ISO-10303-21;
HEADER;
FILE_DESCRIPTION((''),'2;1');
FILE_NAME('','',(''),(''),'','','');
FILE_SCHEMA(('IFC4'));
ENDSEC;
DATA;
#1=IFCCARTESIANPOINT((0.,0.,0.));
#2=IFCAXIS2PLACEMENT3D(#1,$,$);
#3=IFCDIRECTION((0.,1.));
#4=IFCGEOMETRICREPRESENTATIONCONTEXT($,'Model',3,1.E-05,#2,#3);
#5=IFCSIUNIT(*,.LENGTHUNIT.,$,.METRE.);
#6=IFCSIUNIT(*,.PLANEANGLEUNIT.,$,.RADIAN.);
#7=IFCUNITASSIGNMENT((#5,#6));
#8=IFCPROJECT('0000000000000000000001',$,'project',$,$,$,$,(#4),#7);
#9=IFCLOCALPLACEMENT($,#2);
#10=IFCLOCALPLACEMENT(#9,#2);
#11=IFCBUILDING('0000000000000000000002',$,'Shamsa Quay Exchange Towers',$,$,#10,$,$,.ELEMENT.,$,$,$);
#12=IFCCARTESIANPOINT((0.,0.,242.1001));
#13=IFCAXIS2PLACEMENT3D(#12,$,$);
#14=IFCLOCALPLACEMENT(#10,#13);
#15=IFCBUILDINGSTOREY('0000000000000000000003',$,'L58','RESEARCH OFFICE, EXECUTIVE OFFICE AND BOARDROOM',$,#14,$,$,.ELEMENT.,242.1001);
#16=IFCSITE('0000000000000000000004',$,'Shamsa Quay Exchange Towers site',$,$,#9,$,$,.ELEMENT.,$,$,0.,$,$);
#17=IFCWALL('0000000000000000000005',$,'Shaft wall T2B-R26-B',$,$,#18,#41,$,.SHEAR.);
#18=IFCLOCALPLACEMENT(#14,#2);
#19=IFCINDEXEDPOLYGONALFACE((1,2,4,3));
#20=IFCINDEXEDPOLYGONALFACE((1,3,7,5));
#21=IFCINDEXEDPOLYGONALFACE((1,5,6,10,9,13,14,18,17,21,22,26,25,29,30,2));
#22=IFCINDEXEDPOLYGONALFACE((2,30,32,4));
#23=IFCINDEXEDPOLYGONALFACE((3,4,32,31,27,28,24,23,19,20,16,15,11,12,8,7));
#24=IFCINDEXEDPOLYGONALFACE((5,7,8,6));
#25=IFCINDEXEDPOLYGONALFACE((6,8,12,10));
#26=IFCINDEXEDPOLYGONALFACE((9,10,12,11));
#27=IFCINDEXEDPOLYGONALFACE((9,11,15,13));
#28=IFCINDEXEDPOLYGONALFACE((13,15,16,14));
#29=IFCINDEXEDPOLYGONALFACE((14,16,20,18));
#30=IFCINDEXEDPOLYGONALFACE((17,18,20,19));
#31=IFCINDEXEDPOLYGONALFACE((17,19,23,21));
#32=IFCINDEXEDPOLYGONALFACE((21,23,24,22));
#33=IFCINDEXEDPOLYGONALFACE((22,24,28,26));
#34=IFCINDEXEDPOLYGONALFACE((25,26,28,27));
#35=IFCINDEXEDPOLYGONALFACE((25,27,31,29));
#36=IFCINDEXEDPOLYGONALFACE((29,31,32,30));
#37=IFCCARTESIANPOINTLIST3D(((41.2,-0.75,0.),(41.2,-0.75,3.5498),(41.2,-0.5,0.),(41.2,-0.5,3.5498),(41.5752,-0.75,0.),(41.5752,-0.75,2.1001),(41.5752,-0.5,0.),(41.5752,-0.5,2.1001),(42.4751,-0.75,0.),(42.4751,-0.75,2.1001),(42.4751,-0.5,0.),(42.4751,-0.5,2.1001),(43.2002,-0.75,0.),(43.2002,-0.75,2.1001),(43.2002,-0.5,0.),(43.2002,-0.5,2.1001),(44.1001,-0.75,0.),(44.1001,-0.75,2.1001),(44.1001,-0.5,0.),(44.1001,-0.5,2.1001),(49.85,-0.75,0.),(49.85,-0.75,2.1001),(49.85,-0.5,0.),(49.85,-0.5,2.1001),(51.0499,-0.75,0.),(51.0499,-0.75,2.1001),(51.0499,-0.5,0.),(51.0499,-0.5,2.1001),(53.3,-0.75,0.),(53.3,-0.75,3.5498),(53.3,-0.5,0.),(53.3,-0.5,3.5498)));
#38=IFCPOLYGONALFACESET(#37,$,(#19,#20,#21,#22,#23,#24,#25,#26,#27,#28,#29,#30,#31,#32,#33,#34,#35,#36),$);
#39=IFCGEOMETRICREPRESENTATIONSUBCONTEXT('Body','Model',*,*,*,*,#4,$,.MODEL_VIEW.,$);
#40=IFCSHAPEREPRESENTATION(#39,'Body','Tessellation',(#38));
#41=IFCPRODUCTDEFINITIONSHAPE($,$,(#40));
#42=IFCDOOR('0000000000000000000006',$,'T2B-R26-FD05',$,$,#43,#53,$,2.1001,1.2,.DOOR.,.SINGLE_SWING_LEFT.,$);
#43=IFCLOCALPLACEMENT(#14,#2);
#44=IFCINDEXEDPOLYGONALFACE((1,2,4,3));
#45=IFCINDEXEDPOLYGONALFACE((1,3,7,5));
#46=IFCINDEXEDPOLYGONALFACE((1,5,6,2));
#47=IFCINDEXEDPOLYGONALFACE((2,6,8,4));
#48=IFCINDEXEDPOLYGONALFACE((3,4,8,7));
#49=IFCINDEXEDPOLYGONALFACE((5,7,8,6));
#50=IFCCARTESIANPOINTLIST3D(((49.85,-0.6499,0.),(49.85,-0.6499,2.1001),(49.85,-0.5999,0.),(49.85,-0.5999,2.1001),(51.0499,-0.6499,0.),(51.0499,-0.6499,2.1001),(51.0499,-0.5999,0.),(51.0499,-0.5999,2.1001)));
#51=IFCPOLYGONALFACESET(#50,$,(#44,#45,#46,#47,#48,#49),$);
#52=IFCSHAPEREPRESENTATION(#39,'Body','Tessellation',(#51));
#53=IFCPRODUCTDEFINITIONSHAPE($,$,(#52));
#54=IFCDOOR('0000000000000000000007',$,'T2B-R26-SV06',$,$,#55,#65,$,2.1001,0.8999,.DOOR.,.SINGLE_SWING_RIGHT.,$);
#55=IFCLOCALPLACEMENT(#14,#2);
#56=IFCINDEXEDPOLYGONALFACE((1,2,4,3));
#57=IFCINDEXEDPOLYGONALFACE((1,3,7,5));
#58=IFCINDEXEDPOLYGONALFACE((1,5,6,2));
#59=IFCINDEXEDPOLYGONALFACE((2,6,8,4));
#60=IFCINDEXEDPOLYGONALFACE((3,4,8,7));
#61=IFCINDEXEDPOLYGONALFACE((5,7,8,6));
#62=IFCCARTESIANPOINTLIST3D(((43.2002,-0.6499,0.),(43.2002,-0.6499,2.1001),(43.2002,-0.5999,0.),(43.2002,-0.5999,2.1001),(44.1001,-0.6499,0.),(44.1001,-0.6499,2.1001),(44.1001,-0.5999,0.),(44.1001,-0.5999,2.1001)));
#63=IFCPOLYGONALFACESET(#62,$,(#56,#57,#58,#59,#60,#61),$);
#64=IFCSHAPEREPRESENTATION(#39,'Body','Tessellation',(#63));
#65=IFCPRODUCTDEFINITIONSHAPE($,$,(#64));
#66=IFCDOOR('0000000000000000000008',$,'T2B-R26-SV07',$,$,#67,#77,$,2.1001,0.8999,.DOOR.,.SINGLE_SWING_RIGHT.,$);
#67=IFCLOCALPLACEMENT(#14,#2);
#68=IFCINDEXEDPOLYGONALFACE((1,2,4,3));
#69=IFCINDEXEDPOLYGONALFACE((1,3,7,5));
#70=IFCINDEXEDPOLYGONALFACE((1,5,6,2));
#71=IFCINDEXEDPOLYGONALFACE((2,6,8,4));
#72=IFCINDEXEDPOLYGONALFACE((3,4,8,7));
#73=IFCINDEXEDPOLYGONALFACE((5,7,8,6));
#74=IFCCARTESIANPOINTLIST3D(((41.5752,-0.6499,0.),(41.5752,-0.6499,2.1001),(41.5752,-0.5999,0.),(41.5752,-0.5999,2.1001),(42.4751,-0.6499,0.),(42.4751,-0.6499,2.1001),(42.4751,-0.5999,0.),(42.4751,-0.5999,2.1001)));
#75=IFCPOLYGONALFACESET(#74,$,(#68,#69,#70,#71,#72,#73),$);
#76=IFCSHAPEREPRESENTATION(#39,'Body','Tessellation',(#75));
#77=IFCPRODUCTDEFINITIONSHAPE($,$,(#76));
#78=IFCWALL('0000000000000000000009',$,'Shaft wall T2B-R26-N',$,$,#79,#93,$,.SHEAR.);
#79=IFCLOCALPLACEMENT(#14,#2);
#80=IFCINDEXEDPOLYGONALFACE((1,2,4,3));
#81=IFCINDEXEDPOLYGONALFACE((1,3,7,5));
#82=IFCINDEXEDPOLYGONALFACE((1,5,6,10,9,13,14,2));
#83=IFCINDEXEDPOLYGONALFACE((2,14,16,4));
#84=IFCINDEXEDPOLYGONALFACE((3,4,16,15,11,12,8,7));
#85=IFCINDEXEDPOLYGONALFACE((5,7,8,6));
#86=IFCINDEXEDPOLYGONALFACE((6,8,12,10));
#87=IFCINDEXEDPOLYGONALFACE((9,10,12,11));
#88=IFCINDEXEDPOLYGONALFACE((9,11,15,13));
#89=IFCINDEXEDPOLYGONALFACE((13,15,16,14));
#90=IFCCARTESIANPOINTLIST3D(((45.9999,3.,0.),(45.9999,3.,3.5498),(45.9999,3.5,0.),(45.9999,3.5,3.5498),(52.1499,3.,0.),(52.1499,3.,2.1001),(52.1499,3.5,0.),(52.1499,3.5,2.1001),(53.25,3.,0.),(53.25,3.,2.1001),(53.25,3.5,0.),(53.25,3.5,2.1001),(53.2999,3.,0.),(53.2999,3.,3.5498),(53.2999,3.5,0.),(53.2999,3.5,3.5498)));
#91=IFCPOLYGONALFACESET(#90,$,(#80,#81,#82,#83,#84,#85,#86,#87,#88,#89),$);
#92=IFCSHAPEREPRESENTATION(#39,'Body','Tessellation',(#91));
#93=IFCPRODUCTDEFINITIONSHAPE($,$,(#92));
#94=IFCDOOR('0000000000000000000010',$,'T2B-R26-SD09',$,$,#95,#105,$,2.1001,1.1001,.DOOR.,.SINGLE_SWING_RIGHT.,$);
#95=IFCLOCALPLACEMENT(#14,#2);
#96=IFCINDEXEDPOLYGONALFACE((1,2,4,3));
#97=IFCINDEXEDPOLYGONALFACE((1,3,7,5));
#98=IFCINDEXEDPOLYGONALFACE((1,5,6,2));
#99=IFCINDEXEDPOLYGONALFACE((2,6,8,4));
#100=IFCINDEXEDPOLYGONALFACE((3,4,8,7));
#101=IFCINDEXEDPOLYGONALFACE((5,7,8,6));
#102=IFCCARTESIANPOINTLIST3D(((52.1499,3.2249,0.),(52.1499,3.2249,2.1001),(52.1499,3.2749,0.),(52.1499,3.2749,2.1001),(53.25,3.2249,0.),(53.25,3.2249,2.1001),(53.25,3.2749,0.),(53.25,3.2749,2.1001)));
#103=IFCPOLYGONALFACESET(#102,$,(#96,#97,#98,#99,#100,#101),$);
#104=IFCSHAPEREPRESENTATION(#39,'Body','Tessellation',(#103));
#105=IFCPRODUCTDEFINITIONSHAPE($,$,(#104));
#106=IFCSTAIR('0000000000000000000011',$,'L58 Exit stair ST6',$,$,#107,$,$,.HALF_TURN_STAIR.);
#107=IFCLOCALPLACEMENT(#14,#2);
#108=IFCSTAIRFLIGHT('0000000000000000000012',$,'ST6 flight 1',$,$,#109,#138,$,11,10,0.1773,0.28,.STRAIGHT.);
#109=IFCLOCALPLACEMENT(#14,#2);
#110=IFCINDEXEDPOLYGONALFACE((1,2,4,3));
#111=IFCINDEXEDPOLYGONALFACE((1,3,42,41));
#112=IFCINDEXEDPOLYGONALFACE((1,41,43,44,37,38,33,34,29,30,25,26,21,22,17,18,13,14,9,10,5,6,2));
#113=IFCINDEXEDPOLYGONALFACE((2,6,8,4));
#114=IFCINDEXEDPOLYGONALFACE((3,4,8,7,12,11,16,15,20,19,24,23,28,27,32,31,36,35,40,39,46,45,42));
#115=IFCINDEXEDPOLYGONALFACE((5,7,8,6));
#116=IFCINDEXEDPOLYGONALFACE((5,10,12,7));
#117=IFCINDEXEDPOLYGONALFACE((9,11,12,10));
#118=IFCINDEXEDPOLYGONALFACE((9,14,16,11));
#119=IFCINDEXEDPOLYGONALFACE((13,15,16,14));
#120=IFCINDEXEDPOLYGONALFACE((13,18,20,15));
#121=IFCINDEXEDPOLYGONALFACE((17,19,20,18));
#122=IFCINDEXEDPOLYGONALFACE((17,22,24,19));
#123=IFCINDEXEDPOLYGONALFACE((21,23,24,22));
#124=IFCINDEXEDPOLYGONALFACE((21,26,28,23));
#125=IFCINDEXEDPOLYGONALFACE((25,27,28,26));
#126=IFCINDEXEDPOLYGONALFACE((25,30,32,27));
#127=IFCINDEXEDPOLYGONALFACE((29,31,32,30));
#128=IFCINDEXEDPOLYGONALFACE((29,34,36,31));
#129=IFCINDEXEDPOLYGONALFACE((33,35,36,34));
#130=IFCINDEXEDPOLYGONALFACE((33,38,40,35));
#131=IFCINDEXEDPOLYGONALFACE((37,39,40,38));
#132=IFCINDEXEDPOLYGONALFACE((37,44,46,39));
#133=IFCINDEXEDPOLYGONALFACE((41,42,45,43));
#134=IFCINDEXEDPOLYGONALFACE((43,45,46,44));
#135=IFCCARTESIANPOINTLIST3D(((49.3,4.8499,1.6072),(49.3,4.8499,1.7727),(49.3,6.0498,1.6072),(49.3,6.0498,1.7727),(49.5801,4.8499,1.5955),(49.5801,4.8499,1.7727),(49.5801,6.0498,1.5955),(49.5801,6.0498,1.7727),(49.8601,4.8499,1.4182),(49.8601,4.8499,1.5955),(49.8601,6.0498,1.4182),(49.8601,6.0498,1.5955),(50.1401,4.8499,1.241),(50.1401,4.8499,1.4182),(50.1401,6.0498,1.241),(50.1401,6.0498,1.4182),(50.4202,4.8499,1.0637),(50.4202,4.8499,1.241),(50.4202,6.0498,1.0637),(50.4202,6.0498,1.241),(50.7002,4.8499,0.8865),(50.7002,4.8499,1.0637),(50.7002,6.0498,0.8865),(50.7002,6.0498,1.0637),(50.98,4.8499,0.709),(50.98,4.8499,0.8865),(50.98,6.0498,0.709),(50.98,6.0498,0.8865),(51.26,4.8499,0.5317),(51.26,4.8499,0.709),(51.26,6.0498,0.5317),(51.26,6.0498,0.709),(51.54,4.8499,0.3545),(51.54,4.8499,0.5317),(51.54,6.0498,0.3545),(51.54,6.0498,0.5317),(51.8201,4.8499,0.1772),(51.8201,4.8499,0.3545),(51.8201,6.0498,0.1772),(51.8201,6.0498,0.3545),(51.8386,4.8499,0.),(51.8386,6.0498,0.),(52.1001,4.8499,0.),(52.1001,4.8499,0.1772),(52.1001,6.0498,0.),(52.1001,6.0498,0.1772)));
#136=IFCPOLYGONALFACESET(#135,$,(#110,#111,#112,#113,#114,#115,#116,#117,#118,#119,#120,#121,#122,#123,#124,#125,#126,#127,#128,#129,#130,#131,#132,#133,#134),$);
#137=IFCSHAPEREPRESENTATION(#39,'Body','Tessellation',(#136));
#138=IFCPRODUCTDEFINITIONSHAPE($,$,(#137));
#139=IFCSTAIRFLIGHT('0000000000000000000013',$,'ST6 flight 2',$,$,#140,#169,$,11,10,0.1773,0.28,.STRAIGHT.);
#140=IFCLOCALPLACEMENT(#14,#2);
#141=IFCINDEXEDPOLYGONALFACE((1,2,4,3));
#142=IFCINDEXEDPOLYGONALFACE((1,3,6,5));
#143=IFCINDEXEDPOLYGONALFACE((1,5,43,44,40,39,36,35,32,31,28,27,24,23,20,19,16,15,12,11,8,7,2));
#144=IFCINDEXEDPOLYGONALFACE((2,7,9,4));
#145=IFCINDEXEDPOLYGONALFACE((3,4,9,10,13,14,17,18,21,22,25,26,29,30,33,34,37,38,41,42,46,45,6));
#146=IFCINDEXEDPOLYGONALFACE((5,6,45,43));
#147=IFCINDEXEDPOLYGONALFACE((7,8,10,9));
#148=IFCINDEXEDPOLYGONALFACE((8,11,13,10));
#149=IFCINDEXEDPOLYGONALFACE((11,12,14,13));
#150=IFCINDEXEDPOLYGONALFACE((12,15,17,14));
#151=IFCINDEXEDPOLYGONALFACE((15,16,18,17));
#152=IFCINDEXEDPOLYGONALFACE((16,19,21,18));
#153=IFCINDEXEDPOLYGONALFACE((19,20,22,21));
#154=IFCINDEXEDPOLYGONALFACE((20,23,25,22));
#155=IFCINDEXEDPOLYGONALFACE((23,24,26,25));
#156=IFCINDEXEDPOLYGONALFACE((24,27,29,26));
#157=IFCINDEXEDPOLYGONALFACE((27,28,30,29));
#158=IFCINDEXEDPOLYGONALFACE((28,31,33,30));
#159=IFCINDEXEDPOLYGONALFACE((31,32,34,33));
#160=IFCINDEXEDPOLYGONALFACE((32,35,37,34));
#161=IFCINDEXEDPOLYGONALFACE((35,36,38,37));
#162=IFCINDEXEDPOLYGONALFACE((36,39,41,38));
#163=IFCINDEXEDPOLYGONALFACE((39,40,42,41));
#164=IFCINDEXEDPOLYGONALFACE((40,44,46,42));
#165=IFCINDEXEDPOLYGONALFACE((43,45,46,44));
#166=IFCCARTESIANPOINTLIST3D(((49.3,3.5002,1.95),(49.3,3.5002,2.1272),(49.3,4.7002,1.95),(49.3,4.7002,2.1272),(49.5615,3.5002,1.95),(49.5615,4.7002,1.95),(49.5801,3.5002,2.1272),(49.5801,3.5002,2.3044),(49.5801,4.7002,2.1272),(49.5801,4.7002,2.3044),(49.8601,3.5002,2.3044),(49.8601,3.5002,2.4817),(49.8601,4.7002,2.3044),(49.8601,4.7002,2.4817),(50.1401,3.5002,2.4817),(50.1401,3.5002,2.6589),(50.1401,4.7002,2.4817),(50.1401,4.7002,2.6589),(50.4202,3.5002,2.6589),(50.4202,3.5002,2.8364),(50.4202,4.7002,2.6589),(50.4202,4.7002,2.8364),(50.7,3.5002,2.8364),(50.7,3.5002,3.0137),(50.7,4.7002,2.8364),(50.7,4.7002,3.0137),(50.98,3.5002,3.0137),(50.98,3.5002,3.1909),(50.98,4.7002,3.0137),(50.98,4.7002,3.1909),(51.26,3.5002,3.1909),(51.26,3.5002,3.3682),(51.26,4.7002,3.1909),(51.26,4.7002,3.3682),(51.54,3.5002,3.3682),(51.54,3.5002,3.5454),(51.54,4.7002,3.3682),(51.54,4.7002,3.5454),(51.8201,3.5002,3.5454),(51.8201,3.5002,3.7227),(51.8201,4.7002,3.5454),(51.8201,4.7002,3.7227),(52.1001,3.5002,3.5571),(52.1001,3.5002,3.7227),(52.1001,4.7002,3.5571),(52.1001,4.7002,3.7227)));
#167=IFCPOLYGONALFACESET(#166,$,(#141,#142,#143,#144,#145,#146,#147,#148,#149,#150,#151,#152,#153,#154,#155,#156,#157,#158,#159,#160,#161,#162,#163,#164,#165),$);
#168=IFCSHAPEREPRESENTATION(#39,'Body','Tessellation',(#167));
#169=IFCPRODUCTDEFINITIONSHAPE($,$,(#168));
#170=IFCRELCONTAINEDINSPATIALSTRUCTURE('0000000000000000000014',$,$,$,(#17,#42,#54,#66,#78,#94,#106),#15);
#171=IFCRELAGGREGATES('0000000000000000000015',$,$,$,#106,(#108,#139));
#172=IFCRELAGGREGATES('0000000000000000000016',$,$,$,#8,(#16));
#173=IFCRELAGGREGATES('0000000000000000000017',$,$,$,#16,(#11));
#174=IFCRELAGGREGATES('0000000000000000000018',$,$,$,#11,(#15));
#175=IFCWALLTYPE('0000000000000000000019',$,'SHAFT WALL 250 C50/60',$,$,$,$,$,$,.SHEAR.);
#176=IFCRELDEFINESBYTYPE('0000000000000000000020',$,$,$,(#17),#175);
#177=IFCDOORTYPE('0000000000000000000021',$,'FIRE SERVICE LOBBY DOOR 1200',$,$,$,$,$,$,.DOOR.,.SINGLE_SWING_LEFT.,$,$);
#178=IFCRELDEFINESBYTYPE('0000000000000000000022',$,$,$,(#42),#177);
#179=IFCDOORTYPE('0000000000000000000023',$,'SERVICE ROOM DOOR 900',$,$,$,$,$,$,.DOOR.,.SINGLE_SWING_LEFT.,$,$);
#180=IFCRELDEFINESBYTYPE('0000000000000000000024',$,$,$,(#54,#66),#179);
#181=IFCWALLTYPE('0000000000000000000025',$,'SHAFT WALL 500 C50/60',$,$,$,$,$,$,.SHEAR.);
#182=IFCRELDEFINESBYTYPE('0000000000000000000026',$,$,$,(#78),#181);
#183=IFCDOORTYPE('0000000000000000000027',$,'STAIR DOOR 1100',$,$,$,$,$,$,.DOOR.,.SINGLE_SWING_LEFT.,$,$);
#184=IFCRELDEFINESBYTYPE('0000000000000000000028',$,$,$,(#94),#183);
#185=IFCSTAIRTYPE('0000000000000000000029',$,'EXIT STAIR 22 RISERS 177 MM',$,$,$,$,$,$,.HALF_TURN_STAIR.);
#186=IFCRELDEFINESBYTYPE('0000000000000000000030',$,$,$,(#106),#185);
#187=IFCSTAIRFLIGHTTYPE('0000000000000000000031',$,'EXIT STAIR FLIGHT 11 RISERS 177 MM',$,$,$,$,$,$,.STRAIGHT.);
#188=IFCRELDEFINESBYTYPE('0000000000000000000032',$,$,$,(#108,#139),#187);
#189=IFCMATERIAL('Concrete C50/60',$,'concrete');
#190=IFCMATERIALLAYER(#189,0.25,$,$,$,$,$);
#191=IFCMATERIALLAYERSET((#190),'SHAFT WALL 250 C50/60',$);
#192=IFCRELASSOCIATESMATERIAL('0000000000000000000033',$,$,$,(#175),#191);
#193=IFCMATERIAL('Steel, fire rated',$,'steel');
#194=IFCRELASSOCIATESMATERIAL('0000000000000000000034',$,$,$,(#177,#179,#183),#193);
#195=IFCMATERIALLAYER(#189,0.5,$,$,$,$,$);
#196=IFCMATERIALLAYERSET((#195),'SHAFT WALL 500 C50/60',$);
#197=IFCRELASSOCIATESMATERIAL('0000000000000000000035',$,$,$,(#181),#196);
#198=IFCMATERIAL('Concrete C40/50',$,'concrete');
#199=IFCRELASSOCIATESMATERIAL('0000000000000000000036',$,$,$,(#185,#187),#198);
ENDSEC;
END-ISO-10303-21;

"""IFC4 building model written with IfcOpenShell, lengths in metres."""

from ifc_helpers import new_model, si_unit, direction, frame, frame_2d, origin, place, context, subcontext, project, spatial, polyline, rectangle, outline, extrude, material, layer, layer_set, type_object, element, fill, aggregate, save


model = new_model("IFC4")

# Units and contexts
model_context = context("Model", 3, precision=1e-05, world=origin(), true_north=direction((0.0, 1.0)))
body_context = subcontext(model_context, "Body", "Model", "MODEL_VIEW")
ifc_project = project(units=[si_unit("LENGTHUNIT", "METRE"), si_unit("PLANEANGLEUNIT", "RADIAN")], contexts=[model_context])

# Site, building, storey
site_placement = place(None, origin())
site = spatial("IfcSite", under=ifc_project, at=site_placement, Name="Shamsa Quay Exchange Towers site", CompositionType="ELEMENT", RefElevation=0.0)
building_placement = place(site_placement, origin())
building = spatial("IfcBuilding", under=site, at=building_placement, Name="Shamsa Quay Exchange Towers", CompositionType="ELEMENT")
storey_placement = place(building_placement, frame((0.0, 0.0, 242.1001)))
storey = spatial("IfcBuildingStorey", under=building, at=storey_placement, Name="L58", Description="RESEARCH OFFICE, EXECUTIVE OFFICE AND BOARDROOM", CompositionType="ELEMENT", Elevation=242.1001)

# Wall, openings, doors
ifc_material_1 = material(Name="Concrete C50/60", Category="concrete")
ifc_layer_1 = layer(ifc_material_1, 0.25)
ifc_layer_set_1 = layer_set([ifc_layer_1], Name="SHAFT WALL 250 C50/60")
wall_type_1 = type_object("IfcWallType", Name="SHAFT WALL 250 C50/60", PredefinedType="SHEAR", material=ifc_layer_set_1)
wall_1_placement = place(storey_placement, frame((53.3, -0.625, 0.0), z_axis=(0.0, 0.0, 1.0), x_axis=(-1.0, 0.0, 0.0)))
wall_1 = element("IfcWall", 1, at=wall_1_placement, inside=storey, type_object=wall_type_1, Name="Shaft wall T2B-R26-B", PredefinedType="SHEAR", context=body_context, shape_type="SweptSolid", body=[
    extrude(rectangle(XDim=12.1001, YDim=0.25, at=frame_2d((6.05, 0.0))), origin(), (0.0, 0.0, 1.0), 3.5498),
])
opening_1_placement = place(wall_1_placement, frame((2.25, 0.0, 0.0)))
opening_1 = element("IfcOpeningElement", 2, at=opening_1_placement, cuts=wall_1, PredefinedType="OPENING", context=body_context, shape_type="SweptSolid", body=[
    extrude(rectangle(XDim=1.2, YDim=2.1001, at=frame_2d((0.6001, 1.05))), frame((0.0, 0.135, 0.0), z_axis=(0.0, -1.0, 0.0), x_axis=(1.0, 0.0, 0.0)), (0.0, 0.0, 1.0), 0.27),
])
opening_2_placement = place(wall_1_placement, frame((9.2, 0.0, 0.0)))
opening_2 = element("IfcOpeningElement", 3, at=opening_2_placement, cuts=wall_1, PredefinedType="OPENING", context=body_context, shape_type="SweptSolid", body=[
    extrude(rectangle(XDim=0.8999, YDim=2.1001, at=frame_2d((0.45, 1.05))), frame((0.0, 0.135, 0.0), z_axis=(0.0, -1.0, 0.0), x_axis=(1.0, 0.0, 0.0)), (0.0, 0.0, 1.0), 0.27),
])
opening_3_placement = place(wall_1_placement, frame((10.825, 0.0, 0.0)))
opening_3 = element("IfcOpeningElement", 4, at=opening_3_placement, cuts=wall_1, PredefinedType="OPENING", context=body_context, shape_type="SweptSolid", body=[
    extrude(rectangle(XDim=0.8999, YDim=2.1001, at=frame_2d((0.45, 1.05))), frame((0.0, 0.135, 0.0), z_axis=(0.0, -1.0, 0.0), x_axis=(1.0, 0.0, 0.0)), (0.0, 0.0, 1.0), 0.27),
])
ifc_material_2 = material(Name="Steel, fire rated", Category="steel")
door_type_1 = type_object("IfcDoorType", Name="FIRE SERVICE LOBBY DOOR 1200", OperationType="SINGLE_SWING_LEFT", PredefinedType="DOOR", material=ifc_material_2)
door_1_placement = place(opening_1_placement, origin())
door_1 = element("IfcDoor", 5, at=door_1_placement, inside=storey, type_object=door_type_1, Name="T2B-R26-FD05", OperationType="SINGLE_SWING_LEFT", OverallHeight=2.1001, OverallWidth=1.2, PredefinedType="DOOR", context=body_context, shape_type="SweptSolid", body=[
    extrude(rectangle(XDim=1.2, YDim=2.1001, at=frame_2d((0.6001, 1.05))), frame((0.0, 0.0249, 0.0), z_axis=(0.0, -1.0, 0.0), x_axis=(1.0, 0.0, 0.0)), (0.0, 0.0, 1.0), 0.05),
])
fill(opening_1, door_1)
door_type_2 = type_object("IfcDoorType", Name="SERVICE ROOM DOOR 900", OperationType="SINGLE_SWING_LEFT", PredefinedType="DOOR", material=ifc_material_2)
door_2_placement = place(opening_2_placement, origin())
door_2 = element("IfcDoor", 6, at=door_2_placement, inside=storey, type_object=door_type_2, Name="T2B-R26-SV06", OperationType="SINGLE_SWING_RIGHT", OverallHeight=2.1001, OverallWidth=0.8999, PredefinedType="DOOR", context=body_context, shape_type="SweptSolid", body=[
    extrude(rectangle(XDim=0.8999, YDim=2.1001, at=frame_2d((0.45, 1.05))), frame((0.0, 0.0249, 0.0), z_axis=(0.0, -1.0, 0.0), x_axis=(1.0, 0.0, 0.0)), (0.0, 0.0, 1.0), 0.05),
])
fill(opening_2, door_2)
door_3_placement = place(opening_3_placement, origin())
door_3 = element("IfcDoor", 7, at=door_3_placement, inside=storey, type_object=door_type_2, Name="T2B-R26-SV07", OperationType="SINGLE_SWING_RIGHT", OverallHeight=2.1001, OverallWidth=0.8999, PredefinedType="DOOR", context=body_context, shape_type="SweptSolid", body=[
    extrude(rectangle(XDim=0.8999, YDim=2.1001, at=frame_2d((0.45, 1.05))), frame((0.0, 0.0249, 0.0), z_axis=(0.0, -1.0, 0.0), x_axis=(1.0, 0.0, 0.0)), (0.0, 0.0, 1.0), 0.05),
])
fill(opening_3, door_3)

# Wall, opening, door
ifc_layer_2 = layer(ifc_material_1, 0.5)
ifc_layer_set_2 = layer_set([ifc_layer_2], Name="SHAFT WALL 500 C50/60")
wall_type_2 = type_object("IfcWallType", Name="SHAFT WALL 500 C50/60", PredefinedType="SHEAR", material=ifc_layer_set_2)
wall_2_placement = place(storey_placement, frame((46.0, 3.25, 0.0)))
wall_2 = element("IfcWall", 8, at=wall_2_placement, inside=storey, type_object=wall_type_2, Name="Shaft wall T2B-R26-N", PredefinedType="SHEAR", context=body_context, shape_type="SweptSolid", body=[
    extrude(rectangle(XDim=7.3, YDim=0.5, at=frame_2d((3.6499, 0.0))), origin(), (0.0, 0.0, 1.0), 3.5498),
])
opening_4_placement = place(wall_2_placement, frame((6.1499, 0.0, 0.0)))
opening_4 = element("IfcOpeningElement", 9, at=opening_4_placement, cuts=wall_2, PredefinedType="OPENING", context=body_context, shape_type="SweptSolid", body=[
    extrude(rectangle(XDim=1.1001, YDim=2.1001, at=frame_2d((0.55, 1.05))), frame((0.0, 0.26, 0.0), z_axis=(0.0, -1.0, 0.0), x_axis=(1.0, 0.0, 0.0)), (0.0, 0.0, 1.0), 0.52),
])
door_type_3 = type_object("IfcDoorType", Name="STAIR DOOR 1100", OperationType="SINGLE_SWING_LEFT", PredefinedType="DOOR", material=ifc_material_2)
door_4_placement = place(opening_4_placement, origin())
door_4 = element("IfcDoor", 10, at=door_4_placement, inside=storey, type_object=door_type_3, Name="T2B-R26-SD09", OperationType="SINGLE_SWING_RIGHT", OverallHeight=2.1001, OverallWidth=1.1001, PredefinedType="DOOR", context=body_context, shape_type="SweptSolid", body=[
    extrude(rectangle(XDim=1.1001, YDim=2.1001, at=frame_2d((0.55, 1.05))), frame((0.0, 0.0249, 0.0), z_axis=(0.0, -1.0, 0.0), x_axis=(1.0, 0.0, 0.0)), (0.0, 0.0, 1.0), 0.05),
])
fill(opening_4, door_4)

# Stair, stair flights
ifc_material_3 = material(Name="Concrete C40/50", Category="concrete")
stair_type = type_object("IfcStairType", Name="EXIT STAIR 22 RISERS 177 MM", PredefinedType="HALF_TURN_STAIR", material=ifc_material_3)
stair_placement = place(storey_placement, origin())
stair = element("IfcStair", 11, at=stair_placement, inside=storey, type_object=stair_type, Name="L58 Exit stair ST6", PredefinedType="HALF_TURN_STAIR")
stair_flight_type = type_object("IfcStairFlightType", Name="EXIT STAIR FLIGHT 11 RISERS 177 MM", PredefinedType="STRAIGHT", material=ifc_material_3)
stair_flight_1_placement = place(storey_placement, frame((52.1001, 5.45, 0.0), z_axis=(0.0, 0.0, 1.0), x_axis=(-1.0, 0.0, 0.0)))
stair_flight_1 = element("IfcStairFlight", 12, at=stair_flight_1_placement, type_object=stair_flight_type, Name="ST6 flight 1", NumberOfRisers=11, NumberOfTreads=10, PredefinedType="STRAIGHT", RiserHeight=0.1773, TreadLength=0.28, context=body_context, shape_type="SweptSolid", body=[
    extrude(outline(polyline([(0.0, 0.0), (0.0, 0.1772), (0.28, 0.1772), (0.28, 0.3545), (0.5601, 0.3545), (0.5601, 0.5317), (0.8401, 0.5317), (0.8401, 0.709), (1.1201, 0.709), (1.1201, 0.8865), (1.3999, 0.8865), (1.3999, 1.0637), (1.6799, 1.0637), (1.6799, 1.241), (1.96, 1.241), (1.96, 1.4182), (2.24, 1.4182), (2.24, 1.5955), (2.52, 1.5955), (2.52, 1.7727), (2.8, 1.7727), (2.8, 1.95), (2.8, 1.6072), (0.2615, 0.0), (0.0, 0.0)])), frame((0.0, 0.6001, 0.0), z_axis=(0.0, -1.0, 0.0), x_axis=(1.0, 0.0, 0.0)), (0.0, 0.0, 1.0), 1.2),
])
stair_flight_2_placement = place(storey_placement, frame((49.3, 4.1001, 1.95)))
stair_flight_2 = element("IfcStairFlight", 13, at=stair_flight_2_placement, type_object=stair_flight_type, Name="ST6 flight 2", NumberOfRisers=11, NumberOfTreads=10, PredefinedType="STRAIGHT", RiserHeight=0.1773, TreadLength=0.28, context=body_context, shape_type="SweptSolid", body=[
    extrude(outline(polyline([(0.0, 0.0), (0.0, 0.1772), (0.28, 0.1772), (0.28, 0.3545), (0.5601, 0.3545), (0.5601, 0.5317), (0.8401, 0.5317), (0.8401, 0.709), (1.1201, 0.709), (1.1201, 0.8865), (1.3999, 0.8865), (1.3999, 1.0637), (1.6799, 1.0637), (1.6799, 1.241), (1.96, 1.241), (1.96, 1.4182), (2.24, 1.4182), (2.24, 1.5955), (2.52, 1.5955), (2.52, 1.7727), (2.8, 1.7727), (2.8, 1.95), (2.8, 1.6072), (0.2615, 0.0), (0.0, 0.0)])), frame((0.0, 0.6001, 0.0), z_axis=(0.0, -1.0, 0.0), x_axis=(1.0, 0.0, 0.0)), (0.0, 0.0, 1.0), 1.2),
])
aggregate(stair, [stair_flight_1, stair_flight_2])

save(model, "model.ifc")
